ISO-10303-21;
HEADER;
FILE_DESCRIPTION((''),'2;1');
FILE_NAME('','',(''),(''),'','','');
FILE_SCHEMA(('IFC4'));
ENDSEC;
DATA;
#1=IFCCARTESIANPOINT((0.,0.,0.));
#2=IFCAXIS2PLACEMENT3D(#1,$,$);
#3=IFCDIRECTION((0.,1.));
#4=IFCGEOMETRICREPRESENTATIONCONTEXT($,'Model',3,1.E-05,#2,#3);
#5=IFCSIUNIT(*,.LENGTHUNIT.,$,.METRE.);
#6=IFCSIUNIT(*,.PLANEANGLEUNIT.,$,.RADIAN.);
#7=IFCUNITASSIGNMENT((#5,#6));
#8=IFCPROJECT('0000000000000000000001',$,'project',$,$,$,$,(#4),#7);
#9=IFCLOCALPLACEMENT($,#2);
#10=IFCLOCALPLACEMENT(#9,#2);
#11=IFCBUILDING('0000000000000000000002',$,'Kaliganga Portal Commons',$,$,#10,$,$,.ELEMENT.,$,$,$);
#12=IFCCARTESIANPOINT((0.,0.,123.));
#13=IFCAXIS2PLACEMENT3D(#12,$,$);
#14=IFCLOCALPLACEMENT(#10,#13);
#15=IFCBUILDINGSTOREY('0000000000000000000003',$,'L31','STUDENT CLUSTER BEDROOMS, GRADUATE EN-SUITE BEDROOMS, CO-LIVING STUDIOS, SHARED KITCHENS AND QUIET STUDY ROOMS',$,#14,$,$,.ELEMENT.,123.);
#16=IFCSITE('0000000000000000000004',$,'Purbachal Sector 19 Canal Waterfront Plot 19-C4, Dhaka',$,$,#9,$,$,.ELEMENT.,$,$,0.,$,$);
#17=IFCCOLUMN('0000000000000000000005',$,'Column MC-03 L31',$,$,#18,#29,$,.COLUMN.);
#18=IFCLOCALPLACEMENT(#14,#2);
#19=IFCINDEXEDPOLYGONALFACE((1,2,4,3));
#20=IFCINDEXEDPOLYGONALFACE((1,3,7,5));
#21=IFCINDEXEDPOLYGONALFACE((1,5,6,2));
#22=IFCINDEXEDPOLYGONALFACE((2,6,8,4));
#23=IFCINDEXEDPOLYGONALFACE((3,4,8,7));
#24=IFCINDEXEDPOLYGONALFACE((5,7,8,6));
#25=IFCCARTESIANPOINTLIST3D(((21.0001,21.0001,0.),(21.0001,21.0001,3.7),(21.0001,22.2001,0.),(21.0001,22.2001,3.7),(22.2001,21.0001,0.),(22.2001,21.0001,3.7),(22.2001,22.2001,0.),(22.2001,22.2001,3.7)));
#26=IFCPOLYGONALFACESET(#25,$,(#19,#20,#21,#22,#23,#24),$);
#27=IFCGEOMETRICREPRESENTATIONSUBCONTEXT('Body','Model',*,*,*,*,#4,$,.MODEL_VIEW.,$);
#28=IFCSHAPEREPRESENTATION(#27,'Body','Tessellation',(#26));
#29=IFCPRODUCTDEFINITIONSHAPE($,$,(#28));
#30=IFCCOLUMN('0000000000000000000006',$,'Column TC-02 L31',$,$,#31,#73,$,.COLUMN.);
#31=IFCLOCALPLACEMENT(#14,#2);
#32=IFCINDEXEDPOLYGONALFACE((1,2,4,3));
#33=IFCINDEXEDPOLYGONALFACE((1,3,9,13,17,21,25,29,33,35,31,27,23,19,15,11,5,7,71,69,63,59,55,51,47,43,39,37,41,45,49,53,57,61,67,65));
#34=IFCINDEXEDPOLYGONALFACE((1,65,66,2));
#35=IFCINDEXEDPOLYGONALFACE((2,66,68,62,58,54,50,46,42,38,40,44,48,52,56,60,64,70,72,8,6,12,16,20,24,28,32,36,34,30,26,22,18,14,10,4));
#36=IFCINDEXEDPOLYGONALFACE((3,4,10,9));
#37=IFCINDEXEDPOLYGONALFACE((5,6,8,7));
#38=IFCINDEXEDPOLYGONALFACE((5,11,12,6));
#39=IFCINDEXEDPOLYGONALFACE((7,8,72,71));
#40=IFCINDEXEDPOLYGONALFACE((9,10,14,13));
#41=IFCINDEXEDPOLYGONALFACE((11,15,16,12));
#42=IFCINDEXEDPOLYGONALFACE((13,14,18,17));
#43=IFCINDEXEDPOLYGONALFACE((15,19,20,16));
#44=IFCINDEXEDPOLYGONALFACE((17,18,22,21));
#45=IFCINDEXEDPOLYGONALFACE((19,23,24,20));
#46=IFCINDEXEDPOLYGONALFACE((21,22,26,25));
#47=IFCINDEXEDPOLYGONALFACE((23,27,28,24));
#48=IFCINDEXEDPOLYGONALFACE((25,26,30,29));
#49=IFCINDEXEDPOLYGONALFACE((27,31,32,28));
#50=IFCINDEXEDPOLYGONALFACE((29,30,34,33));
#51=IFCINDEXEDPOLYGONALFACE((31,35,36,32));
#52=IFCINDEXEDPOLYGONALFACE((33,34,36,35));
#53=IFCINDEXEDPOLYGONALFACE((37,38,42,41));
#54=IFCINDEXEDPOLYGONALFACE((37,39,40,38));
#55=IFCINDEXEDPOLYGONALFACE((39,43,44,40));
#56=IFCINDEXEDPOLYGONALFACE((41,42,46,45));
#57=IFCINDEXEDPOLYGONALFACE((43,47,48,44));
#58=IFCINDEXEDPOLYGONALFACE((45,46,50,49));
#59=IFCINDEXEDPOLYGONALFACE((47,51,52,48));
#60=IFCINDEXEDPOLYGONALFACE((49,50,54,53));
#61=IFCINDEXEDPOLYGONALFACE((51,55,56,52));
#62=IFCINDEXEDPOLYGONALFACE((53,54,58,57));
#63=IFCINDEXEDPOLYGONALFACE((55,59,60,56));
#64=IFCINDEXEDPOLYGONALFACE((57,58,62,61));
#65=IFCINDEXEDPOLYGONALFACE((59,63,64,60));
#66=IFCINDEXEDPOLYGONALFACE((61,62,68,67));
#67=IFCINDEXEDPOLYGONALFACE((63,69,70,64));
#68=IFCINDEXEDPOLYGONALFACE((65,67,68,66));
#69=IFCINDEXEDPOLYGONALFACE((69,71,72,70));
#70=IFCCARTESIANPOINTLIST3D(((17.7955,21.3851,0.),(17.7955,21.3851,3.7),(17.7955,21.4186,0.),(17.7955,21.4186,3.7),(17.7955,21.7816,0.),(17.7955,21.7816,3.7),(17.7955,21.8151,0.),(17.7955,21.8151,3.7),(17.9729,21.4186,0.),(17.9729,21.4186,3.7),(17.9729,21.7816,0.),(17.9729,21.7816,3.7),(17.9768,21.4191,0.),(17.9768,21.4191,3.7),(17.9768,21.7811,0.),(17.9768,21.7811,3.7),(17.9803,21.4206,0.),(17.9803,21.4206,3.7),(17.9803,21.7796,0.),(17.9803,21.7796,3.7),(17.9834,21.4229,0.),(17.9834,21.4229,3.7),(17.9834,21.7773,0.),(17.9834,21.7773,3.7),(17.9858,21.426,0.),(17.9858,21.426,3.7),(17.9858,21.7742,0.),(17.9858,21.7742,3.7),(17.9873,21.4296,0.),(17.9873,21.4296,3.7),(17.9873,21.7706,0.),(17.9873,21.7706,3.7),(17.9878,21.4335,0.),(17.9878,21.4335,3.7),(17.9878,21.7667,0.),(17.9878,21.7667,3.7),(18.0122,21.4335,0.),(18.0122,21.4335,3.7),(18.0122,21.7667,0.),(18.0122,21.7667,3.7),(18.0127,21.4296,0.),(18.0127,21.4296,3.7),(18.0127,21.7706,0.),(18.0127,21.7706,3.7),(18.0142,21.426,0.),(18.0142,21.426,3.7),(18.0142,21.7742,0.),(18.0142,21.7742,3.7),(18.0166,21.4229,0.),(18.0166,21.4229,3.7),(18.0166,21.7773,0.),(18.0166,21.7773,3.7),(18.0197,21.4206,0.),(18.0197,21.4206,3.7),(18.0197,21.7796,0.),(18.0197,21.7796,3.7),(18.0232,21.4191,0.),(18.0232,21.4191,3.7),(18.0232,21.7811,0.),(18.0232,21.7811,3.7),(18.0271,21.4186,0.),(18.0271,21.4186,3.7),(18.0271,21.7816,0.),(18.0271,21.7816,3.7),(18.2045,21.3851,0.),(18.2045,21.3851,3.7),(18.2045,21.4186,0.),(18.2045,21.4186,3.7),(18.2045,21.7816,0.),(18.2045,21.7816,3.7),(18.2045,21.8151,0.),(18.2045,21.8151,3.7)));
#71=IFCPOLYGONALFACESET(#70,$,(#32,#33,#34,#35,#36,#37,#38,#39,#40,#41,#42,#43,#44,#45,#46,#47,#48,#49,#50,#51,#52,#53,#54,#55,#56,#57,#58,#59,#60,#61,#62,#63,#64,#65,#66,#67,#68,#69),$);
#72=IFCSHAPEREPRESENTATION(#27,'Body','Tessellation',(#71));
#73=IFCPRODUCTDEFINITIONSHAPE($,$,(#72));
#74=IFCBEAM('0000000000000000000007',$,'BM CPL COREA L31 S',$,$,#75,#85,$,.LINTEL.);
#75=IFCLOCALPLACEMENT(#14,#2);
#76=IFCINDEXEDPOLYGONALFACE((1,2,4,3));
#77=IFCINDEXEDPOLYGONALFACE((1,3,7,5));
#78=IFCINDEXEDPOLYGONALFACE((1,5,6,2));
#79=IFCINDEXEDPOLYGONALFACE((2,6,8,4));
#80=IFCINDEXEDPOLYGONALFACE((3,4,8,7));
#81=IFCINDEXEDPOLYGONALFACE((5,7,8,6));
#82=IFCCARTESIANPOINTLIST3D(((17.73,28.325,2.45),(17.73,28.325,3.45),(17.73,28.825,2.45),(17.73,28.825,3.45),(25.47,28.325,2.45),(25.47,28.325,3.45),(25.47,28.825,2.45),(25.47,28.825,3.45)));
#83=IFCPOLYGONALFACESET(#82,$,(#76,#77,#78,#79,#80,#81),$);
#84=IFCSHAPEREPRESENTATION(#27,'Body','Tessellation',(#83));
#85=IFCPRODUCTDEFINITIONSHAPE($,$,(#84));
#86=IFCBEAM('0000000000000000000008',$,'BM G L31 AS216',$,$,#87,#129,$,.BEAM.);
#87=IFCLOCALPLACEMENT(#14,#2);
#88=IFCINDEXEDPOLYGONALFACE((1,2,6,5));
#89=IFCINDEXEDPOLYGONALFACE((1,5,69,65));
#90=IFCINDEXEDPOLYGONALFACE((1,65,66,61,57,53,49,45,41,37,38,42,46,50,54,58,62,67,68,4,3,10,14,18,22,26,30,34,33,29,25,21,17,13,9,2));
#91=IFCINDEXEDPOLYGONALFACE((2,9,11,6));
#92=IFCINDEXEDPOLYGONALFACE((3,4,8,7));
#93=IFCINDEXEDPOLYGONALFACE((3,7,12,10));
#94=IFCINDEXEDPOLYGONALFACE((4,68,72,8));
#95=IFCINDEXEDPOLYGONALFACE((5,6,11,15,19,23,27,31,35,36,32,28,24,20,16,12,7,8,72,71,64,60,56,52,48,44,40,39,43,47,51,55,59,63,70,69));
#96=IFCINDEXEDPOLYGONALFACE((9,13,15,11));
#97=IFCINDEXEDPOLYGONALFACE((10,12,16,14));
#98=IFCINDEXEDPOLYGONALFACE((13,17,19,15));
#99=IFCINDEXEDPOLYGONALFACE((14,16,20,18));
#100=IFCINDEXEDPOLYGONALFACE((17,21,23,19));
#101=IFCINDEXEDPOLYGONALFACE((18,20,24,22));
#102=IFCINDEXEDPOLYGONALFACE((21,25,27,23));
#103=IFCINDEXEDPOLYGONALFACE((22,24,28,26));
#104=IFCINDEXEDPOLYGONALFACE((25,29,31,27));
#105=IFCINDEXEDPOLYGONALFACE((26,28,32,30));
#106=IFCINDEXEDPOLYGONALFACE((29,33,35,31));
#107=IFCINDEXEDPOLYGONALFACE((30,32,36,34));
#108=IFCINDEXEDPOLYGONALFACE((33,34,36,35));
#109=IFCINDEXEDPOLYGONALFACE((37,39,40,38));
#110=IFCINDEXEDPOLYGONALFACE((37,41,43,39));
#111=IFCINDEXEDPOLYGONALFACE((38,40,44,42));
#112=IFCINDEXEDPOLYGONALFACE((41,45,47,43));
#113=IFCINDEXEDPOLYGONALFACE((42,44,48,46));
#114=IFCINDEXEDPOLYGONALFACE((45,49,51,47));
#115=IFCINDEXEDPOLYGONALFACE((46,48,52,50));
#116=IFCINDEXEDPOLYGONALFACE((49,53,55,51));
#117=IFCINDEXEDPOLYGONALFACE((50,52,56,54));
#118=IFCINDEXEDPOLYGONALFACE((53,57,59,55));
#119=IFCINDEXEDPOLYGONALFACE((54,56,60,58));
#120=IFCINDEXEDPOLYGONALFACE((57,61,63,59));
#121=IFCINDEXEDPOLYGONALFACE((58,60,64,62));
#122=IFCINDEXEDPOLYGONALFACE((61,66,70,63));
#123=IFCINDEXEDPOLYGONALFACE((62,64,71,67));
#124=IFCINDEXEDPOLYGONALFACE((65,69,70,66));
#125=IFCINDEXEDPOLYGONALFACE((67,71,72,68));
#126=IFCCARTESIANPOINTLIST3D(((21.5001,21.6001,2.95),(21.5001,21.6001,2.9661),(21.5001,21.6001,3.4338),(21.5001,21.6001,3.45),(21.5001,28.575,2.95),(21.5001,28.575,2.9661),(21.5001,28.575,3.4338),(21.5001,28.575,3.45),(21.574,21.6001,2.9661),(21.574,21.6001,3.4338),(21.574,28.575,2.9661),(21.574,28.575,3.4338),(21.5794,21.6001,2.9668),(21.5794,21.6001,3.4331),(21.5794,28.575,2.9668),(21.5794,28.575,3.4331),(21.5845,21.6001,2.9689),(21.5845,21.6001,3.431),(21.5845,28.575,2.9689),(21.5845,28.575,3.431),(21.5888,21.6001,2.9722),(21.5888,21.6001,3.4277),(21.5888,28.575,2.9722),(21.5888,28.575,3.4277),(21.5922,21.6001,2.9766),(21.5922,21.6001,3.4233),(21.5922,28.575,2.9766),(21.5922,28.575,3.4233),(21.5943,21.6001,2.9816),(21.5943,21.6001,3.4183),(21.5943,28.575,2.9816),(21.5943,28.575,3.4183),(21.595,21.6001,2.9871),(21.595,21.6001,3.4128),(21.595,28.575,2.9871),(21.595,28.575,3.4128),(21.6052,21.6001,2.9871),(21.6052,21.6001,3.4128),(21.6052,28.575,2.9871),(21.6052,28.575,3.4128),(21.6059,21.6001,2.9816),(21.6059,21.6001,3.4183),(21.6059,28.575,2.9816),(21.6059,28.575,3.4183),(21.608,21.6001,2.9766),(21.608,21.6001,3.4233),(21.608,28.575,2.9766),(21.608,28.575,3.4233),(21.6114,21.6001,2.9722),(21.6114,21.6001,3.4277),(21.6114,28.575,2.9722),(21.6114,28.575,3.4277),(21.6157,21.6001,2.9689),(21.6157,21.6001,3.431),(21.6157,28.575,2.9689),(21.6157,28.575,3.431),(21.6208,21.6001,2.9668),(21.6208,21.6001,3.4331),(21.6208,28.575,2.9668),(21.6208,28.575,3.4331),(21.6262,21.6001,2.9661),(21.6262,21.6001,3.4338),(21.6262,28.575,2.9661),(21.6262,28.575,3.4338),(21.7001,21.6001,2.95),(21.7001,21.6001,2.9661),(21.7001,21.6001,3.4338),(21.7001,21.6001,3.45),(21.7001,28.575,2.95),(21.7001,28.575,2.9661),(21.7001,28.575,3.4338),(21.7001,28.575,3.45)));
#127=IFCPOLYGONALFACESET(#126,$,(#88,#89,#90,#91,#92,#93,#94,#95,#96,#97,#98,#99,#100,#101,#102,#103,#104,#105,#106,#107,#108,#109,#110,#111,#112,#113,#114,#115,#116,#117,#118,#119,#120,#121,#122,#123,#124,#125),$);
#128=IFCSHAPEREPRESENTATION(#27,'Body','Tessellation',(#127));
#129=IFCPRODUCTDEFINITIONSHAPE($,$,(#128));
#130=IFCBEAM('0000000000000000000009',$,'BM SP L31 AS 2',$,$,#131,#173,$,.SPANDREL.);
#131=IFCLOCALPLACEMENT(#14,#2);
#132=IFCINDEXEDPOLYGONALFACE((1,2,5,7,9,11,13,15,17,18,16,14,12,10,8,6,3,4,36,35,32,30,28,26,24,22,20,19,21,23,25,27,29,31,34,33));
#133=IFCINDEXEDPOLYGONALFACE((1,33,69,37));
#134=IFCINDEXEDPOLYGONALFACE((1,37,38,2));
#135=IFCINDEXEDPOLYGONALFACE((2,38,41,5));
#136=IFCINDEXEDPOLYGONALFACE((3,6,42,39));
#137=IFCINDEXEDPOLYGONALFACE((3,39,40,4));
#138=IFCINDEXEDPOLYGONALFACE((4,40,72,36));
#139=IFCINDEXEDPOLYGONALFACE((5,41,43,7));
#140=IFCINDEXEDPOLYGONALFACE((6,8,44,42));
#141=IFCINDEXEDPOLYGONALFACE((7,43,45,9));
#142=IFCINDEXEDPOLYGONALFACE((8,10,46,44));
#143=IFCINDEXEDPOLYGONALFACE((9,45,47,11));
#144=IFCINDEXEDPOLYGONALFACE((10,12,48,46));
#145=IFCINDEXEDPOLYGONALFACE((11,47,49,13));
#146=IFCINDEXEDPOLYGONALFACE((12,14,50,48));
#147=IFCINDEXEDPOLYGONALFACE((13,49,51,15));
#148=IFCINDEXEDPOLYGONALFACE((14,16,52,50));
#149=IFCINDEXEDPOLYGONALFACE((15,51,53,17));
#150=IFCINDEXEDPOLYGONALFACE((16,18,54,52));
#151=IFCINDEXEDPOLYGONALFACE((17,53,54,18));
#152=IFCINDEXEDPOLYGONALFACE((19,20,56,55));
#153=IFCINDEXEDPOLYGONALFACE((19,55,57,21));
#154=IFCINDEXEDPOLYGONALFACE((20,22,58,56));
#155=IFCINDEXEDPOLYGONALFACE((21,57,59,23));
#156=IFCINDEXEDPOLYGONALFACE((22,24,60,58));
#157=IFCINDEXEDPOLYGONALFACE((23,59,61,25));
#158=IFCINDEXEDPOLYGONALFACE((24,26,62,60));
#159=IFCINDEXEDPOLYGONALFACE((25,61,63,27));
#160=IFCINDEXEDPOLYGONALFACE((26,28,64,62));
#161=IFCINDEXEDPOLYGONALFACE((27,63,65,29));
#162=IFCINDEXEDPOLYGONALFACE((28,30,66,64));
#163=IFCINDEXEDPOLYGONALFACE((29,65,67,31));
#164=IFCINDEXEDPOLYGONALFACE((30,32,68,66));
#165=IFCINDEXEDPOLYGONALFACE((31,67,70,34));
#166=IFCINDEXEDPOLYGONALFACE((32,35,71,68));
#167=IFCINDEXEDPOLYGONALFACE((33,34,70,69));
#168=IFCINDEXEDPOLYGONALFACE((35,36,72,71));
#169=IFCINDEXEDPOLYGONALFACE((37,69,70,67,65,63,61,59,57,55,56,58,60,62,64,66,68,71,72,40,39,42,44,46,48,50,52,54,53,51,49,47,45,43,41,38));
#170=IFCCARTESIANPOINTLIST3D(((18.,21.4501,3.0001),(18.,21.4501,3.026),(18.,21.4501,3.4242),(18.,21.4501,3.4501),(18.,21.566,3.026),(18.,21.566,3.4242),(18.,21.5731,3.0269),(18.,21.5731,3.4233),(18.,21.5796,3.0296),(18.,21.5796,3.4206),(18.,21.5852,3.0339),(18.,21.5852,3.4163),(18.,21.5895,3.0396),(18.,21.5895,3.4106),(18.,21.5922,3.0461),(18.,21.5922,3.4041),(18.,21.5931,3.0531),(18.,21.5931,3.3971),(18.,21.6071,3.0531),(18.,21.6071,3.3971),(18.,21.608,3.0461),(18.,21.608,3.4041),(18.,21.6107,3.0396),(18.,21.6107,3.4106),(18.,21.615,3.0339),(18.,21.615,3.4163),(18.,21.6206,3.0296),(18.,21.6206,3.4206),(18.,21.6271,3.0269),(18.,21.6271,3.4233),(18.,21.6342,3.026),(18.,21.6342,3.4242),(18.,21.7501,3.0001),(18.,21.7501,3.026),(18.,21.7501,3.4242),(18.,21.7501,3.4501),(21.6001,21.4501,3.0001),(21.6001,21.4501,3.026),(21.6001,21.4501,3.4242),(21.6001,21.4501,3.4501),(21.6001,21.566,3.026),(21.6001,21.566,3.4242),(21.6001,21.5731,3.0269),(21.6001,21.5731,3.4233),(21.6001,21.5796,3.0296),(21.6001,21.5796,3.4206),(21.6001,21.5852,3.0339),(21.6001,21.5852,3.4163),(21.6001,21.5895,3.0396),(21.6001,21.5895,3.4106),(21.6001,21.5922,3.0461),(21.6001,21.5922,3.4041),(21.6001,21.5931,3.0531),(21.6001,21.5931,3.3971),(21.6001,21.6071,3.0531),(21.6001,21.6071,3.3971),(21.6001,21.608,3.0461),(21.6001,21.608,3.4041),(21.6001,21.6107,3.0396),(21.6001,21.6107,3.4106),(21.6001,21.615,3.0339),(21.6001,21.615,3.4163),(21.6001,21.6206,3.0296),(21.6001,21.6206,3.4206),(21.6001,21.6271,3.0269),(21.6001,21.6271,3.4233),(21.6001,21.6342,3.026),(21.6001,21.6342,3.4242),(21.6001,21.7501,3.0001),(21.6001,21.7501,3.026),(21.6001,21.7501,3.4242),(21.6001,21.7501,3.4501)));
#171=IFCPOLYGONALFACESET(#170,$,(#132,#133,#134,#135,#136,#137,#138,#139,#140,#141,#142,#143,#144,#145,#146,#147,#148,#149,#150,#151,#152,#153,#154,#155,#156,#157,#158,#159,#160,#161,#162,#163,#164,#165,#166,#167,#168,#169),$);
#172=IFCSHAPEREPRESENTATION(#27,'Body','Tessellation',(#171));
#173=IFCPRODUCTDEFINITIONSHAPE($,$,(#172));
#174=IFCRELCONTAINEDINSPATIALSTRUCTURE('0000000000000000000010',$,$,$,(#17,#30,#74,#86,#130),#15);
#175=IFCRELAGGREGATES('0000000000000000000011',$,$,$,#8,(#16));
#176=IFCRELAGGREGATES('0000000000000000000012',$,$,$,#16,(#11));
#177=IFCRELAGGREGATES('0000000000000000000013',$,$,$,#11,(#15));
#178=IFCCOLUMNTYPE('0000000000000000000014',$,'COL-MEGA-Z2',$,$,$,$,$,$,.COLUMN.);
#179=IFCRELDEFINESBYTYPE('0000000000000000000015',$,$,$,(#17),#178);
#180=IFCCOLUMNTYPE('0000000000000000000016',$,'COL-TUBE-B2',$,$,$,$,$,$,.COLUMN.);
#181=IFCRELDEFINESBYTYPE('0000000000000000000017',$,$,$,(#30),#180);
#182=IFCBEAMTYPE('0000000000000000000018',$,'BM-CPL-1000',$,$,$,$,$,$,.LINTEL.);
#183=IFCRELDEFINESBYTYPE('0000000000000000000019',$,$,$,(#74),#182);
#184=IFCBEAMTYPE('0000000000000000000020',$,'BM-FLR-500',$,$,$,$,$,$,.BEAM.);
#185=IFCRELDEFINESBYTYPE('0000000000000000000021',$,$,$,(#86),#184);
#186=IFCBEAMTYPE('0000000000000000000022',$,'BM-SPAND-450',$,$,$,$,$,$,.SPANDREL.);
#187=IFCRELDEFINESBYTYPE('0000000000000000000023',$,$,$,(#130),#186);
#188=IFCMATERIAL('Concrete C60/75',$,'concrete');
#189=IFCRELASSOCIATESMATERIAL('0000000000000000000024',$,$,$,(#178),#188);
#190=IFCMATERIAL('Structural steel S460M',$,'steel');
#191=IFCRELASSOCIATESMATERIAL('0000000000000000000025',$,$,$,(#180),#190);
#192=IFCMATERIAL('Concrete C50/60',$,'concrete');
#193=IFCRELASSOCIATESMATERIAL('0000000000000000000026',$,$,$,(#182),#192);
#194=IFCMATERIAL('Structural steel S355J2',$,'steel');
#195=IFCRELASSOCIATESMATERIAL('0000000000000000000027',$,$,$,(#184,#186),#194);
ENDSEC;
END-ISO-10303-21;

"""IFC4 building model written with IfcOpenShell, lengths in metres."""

from ifc_helpers import new_model, si_unit, direction, frame, origin, origin_2d, place, context, subcontext, project, spatial, rectangle, i_section, extrude, source, transform, mapped, material, material_profile, profile_set, type_object, element, save


model = new_model("IFC4")

# Units and contexts
model_context = context("Model", 3, precision=1e-05, world=origin(), true_north=direction((0.0, 1.0)))
body_context = subcontext(model_context, "Body", "Model", "MODEL_VIEW")
ifc_project = project(units=[si_unit("LENGTHUNIT", "METRE"), si_unit("PLANEANGLEUNIT", "RADIAN")], contexts=[model_context])

# Site, building, storey
site_placement = place(None, origin())
site = spatial("IfcSite", under=ifc_project, at=site_placement, Name="Purbachal Sector 19 Canal Waterfront Plot 19-C4, Dhaka", CompositionType="ELEMENT", RefElevation=0.0)
building_placement = place(site_placement, origin())
building = spatial("IfcBuilding", under=site, at=building_placement, Name="Kaliganga Portal Commons", CompositionType="ELEMENT")
storey_placement = place(building_placement, frame((0.0, 0.0, 123.0)))
storey = spatial("IfcBuildingStorey", under=building, at=storey_placement, Name="L31", Description="STUDENT CLUSTER BEDROOMS, GRADUATE EN-SUITE BEDROOMS, CO-LIVING STUDIOS, SHARED KITCHENS AND QUIET STUDY ROOMS", CompositionType="ELEMENT", Elevation=123.0)

# Columns
ifc_material_1 = material(Name="Concrete C60/75", Category="concrete")
ifc_material_profile_1 = material_profile(ifc_material_1, rectangle(XDim=1.2, YDim=1.2, at=origin_2d()), Name="RC 1200x1200")
ifc_profile_set_1 = profile_set([ifc_material_profile_1], Name="Concrete C60/75")
column_type_1 = type_object("IfcColumnType", Name="COL-MEGA-Z2", PredefinedType="COLUMN", material=ifc_profile_set_1)
shared_shape_1 = source(origin(), body_context, "Body", "SweptSolid", [
    extrude(rectangle(XDim=1.2, YDim=1.2, at=origin_2d()), origin(), (0.0, 0.0, 1.0), 3.7),
])
column_1_placement = place(storey_placement, frame((21.6001, 21.6001, 0.0), z_axis=(0.0, 0.0, 1.0), x_axis=(1.0, 0.0, 0.0)))
element("IfcColumn", 1, at=column_1_placement, inside=storey, type_object=column_type_1, Name="Column MC-03 L31", PredefinedType="COLUMN", context=body_context, shape_type="MappedRepresentation", body=[
    mapped(shared_shape_1, transform((0.0, 0.0, 0.0), x_axis=(1.0, 0.0, 0.0), y_axis=(0.0, 1.0, 0.0), z_axis=(0.0, 0.0, 1.0), scale=1.0)),
])
ifc_material_2 = material(Name="Structural steel S460M", Category="steel")
ifc_material_profile_2 = material_profile(ifc_material_2, i_section(OverallWidth=0.4089, OverallDepth=0.4299, WebThickness=0.0244, FlangeThickness=0.0334, FilletRadius=0.0149, at=origin_2d()), Name="HD 400x421")
ifc_profile_set_2 = profile_set([ifc_material_profile_2], Name="Structural steel S460M wide-flange")
column_type_2 = type_object("IfcColumnType", Name="COL-TUBE-B2", PredefinedType="COLUMN", material=ifc_profile_set_2)
shared_shape_2 = source(origin(), body_context, "Body", "SweptSolid", [
    extrude(i_section(OverallWidth=0.4089, OverallDepth=0.4299, WebThickness=0.0244, FlangeThickness=0.0334, FilletRadius=0.0149, at=origin_2d()), origin(), (0.0, 0.0, 1.0), 3.7),
])
column_2_placement = place(storey_placement, frame((18.0, 21.6001, 0.0), z_axis=(0.0, 0.0, 1.0), x_axis=(1.0, 0.0, 0.0)))
element("IfcColumn", 2, at=column_2_placement, inside=storey, type_object=column_type_2, Name="Column TC-02 L31", PredefinedType="COLUMN", context=body_context, shape_type="MappedRepresentation", body=[
    mapped(shared_shape_2, transform((0.0, 0.0, 0.0), x_axis=(1.0, 0.0, 0.0), y_axis=(0.0, 1.0, 0.0), z_axis=(0.0, 0.0, 1.0), scale=1.0)),
])

# Beams
ifc_material_3 = material(Name="Concrete C50/60", Category="concrete")
ifc_material_profile_3 = material_profile(ifc_material_3, rectangle(XDim=0.5, YDim=1.0, at=origin_2d()), Name="RC 500x1000")
ifc_profile_set_3 = profile_set([ifc_material_profile_3], Name="Concrete C50/60")
beam_type_1 = type_object("IfcBeamType", Name="BM-CPL-1000", PredefinedType="LINTEL", material=ifc_profile_set_3)
shared_shape_3 = source(origin(), body_context, "Body", "SweptSolid", [
    extrude(rectangle(XDim=0.5, YDim=1.0, at=origin_2d()), origin(), (0.0, 0.0, 1.0), 7.74),
])
beam_1_placement = place(storey_placement, frame((17.73, 28.575, 2.95), z_axis=(1.0, 0.0, 0.0), x_axis=(0.0, 1.0, 0.0)))
element("IfcBeam", 3, at=beam_1_placement, inside=storey, type_object=beam_type_1, Name="BM CPL COREA L31 S", PredefinedType="LINTEL", context=body_context, shape_type="MappedRepresentation", body=[
    mapped(shared_shape_3, transform((0.0, 0.0, 0.0), x_axis=(1.0, 0.0, 0.0), y_axis=(0.0, 1.0, 0.0), z_axis=(0.0, 0.0, 1.0), scale=1.0)),
])
ifc_material_4 = material(Name="Structural steel S355J2", Category="steel")
ifc_material_profile_4 = material_profile(ifc_material_4, i_section(OverallWidth=0.2, OverallDepth=0.5, WebThickness=0.0103, FlangeThickness=0.0161, FilletRadius=0.021, at=origin_2d()), Name="IPE 500")
ifc_profile_set_4 = profile_set([ifc_material_profile_4], Name="Structural steel S355J2 wide-flange")
beam_type_2 = type_object("IfcBeamType", Name="BM-FLR-500", PredefinedType="BEAM", material=ifc_profile_set_4)
shared_shape_4 = source(origin(), body_context, "Body", "SweptSolid", [
    extrude(i_section(OverallWidth=0.2, OverallDepth=0.5, WebThickness=0.0103, FlangeThickness=0.0161, FilletRadius=0.021, at=origin_2d()), origin(), (0.0, 0.0, 1.0), 6.9749),
])
beam_2_placement = place(storey_placement, frame((21.6001, 21.6001, 3.2), z_axis=(0.0, 1.0, 0.0), x_axis=(-1.0, 0.0, 0.0)))
element("IfcBeam", 4, at=beam_2_placement, inside=storey, type_object=beam_type_2, Name="BM G L31 AS216", PredefinedType="BEAM", context=body_context, shape_type="MappedRepresentation", body=[
    mapped(shared_shape_4, transform((0.0, 0.0, 0.0), x_axis=(1.0, 0.0, 0.0), y_axis=(0.0, 1.0, 0.0), z_axis=(0.0, 0.0, 1.0), scale=1.0)),
])
ifc_material_profile_5 = material_profile(ifc_material_4, i_section(OverallWidth=0.3, OverallDepth=0.45, WebThickness=0.0139, FlangeThickness=0.0259, FilletRadius=0.0271, at=origin_2d()), Name="HE 450 B")
ifc_profile_set_5 = profile_set([ifc_material_profile_5], Name="Structural steel S355J2 wide-flange")
beam_type_3 = type_object("IfcBeamType", Name="BM-SPAND-450", PredefinedType="SPANDREL", material=ifc_profile_set_5)
shared_shape_5 = source(origin(), body_context, "Body", "SweptSolid", [
    extrude(i_section(OverallWidth=0.3, OverallDepth=0.45, WebThickness=0.0139, FlangeThickness=0.0259, FilletRadius=0.0271, at=origin_2d()), origin(), (0.0, 0.0, 1.0), 3.6001),
])
beam_3_placement = place(storey_placement, frame((18.0, 21.6001, 3.2251), z_axis=(1.0, 0.0, 0.0), x_axis=(0.0, 1.0, 0.0)))
element("IfcBeam", 5, at=beam_3_placement, inside=storey, type_object=beam_type_3, Name="BM SP L31 AS 2", PredefinedType="SPANDREL", context=body_context, shape_type="MappedRepresentation", body=[
    mapped(shared_shape_5, transform((0.0, 0.0, 0.0), x_axis=(1.0, 0.0, 0.0), y_axis=(0.0, 1.0, 0.0), z_axis=(0.0, 0.0, 1.0), scale=1.0)),
])

save(model, "model.ifc")
